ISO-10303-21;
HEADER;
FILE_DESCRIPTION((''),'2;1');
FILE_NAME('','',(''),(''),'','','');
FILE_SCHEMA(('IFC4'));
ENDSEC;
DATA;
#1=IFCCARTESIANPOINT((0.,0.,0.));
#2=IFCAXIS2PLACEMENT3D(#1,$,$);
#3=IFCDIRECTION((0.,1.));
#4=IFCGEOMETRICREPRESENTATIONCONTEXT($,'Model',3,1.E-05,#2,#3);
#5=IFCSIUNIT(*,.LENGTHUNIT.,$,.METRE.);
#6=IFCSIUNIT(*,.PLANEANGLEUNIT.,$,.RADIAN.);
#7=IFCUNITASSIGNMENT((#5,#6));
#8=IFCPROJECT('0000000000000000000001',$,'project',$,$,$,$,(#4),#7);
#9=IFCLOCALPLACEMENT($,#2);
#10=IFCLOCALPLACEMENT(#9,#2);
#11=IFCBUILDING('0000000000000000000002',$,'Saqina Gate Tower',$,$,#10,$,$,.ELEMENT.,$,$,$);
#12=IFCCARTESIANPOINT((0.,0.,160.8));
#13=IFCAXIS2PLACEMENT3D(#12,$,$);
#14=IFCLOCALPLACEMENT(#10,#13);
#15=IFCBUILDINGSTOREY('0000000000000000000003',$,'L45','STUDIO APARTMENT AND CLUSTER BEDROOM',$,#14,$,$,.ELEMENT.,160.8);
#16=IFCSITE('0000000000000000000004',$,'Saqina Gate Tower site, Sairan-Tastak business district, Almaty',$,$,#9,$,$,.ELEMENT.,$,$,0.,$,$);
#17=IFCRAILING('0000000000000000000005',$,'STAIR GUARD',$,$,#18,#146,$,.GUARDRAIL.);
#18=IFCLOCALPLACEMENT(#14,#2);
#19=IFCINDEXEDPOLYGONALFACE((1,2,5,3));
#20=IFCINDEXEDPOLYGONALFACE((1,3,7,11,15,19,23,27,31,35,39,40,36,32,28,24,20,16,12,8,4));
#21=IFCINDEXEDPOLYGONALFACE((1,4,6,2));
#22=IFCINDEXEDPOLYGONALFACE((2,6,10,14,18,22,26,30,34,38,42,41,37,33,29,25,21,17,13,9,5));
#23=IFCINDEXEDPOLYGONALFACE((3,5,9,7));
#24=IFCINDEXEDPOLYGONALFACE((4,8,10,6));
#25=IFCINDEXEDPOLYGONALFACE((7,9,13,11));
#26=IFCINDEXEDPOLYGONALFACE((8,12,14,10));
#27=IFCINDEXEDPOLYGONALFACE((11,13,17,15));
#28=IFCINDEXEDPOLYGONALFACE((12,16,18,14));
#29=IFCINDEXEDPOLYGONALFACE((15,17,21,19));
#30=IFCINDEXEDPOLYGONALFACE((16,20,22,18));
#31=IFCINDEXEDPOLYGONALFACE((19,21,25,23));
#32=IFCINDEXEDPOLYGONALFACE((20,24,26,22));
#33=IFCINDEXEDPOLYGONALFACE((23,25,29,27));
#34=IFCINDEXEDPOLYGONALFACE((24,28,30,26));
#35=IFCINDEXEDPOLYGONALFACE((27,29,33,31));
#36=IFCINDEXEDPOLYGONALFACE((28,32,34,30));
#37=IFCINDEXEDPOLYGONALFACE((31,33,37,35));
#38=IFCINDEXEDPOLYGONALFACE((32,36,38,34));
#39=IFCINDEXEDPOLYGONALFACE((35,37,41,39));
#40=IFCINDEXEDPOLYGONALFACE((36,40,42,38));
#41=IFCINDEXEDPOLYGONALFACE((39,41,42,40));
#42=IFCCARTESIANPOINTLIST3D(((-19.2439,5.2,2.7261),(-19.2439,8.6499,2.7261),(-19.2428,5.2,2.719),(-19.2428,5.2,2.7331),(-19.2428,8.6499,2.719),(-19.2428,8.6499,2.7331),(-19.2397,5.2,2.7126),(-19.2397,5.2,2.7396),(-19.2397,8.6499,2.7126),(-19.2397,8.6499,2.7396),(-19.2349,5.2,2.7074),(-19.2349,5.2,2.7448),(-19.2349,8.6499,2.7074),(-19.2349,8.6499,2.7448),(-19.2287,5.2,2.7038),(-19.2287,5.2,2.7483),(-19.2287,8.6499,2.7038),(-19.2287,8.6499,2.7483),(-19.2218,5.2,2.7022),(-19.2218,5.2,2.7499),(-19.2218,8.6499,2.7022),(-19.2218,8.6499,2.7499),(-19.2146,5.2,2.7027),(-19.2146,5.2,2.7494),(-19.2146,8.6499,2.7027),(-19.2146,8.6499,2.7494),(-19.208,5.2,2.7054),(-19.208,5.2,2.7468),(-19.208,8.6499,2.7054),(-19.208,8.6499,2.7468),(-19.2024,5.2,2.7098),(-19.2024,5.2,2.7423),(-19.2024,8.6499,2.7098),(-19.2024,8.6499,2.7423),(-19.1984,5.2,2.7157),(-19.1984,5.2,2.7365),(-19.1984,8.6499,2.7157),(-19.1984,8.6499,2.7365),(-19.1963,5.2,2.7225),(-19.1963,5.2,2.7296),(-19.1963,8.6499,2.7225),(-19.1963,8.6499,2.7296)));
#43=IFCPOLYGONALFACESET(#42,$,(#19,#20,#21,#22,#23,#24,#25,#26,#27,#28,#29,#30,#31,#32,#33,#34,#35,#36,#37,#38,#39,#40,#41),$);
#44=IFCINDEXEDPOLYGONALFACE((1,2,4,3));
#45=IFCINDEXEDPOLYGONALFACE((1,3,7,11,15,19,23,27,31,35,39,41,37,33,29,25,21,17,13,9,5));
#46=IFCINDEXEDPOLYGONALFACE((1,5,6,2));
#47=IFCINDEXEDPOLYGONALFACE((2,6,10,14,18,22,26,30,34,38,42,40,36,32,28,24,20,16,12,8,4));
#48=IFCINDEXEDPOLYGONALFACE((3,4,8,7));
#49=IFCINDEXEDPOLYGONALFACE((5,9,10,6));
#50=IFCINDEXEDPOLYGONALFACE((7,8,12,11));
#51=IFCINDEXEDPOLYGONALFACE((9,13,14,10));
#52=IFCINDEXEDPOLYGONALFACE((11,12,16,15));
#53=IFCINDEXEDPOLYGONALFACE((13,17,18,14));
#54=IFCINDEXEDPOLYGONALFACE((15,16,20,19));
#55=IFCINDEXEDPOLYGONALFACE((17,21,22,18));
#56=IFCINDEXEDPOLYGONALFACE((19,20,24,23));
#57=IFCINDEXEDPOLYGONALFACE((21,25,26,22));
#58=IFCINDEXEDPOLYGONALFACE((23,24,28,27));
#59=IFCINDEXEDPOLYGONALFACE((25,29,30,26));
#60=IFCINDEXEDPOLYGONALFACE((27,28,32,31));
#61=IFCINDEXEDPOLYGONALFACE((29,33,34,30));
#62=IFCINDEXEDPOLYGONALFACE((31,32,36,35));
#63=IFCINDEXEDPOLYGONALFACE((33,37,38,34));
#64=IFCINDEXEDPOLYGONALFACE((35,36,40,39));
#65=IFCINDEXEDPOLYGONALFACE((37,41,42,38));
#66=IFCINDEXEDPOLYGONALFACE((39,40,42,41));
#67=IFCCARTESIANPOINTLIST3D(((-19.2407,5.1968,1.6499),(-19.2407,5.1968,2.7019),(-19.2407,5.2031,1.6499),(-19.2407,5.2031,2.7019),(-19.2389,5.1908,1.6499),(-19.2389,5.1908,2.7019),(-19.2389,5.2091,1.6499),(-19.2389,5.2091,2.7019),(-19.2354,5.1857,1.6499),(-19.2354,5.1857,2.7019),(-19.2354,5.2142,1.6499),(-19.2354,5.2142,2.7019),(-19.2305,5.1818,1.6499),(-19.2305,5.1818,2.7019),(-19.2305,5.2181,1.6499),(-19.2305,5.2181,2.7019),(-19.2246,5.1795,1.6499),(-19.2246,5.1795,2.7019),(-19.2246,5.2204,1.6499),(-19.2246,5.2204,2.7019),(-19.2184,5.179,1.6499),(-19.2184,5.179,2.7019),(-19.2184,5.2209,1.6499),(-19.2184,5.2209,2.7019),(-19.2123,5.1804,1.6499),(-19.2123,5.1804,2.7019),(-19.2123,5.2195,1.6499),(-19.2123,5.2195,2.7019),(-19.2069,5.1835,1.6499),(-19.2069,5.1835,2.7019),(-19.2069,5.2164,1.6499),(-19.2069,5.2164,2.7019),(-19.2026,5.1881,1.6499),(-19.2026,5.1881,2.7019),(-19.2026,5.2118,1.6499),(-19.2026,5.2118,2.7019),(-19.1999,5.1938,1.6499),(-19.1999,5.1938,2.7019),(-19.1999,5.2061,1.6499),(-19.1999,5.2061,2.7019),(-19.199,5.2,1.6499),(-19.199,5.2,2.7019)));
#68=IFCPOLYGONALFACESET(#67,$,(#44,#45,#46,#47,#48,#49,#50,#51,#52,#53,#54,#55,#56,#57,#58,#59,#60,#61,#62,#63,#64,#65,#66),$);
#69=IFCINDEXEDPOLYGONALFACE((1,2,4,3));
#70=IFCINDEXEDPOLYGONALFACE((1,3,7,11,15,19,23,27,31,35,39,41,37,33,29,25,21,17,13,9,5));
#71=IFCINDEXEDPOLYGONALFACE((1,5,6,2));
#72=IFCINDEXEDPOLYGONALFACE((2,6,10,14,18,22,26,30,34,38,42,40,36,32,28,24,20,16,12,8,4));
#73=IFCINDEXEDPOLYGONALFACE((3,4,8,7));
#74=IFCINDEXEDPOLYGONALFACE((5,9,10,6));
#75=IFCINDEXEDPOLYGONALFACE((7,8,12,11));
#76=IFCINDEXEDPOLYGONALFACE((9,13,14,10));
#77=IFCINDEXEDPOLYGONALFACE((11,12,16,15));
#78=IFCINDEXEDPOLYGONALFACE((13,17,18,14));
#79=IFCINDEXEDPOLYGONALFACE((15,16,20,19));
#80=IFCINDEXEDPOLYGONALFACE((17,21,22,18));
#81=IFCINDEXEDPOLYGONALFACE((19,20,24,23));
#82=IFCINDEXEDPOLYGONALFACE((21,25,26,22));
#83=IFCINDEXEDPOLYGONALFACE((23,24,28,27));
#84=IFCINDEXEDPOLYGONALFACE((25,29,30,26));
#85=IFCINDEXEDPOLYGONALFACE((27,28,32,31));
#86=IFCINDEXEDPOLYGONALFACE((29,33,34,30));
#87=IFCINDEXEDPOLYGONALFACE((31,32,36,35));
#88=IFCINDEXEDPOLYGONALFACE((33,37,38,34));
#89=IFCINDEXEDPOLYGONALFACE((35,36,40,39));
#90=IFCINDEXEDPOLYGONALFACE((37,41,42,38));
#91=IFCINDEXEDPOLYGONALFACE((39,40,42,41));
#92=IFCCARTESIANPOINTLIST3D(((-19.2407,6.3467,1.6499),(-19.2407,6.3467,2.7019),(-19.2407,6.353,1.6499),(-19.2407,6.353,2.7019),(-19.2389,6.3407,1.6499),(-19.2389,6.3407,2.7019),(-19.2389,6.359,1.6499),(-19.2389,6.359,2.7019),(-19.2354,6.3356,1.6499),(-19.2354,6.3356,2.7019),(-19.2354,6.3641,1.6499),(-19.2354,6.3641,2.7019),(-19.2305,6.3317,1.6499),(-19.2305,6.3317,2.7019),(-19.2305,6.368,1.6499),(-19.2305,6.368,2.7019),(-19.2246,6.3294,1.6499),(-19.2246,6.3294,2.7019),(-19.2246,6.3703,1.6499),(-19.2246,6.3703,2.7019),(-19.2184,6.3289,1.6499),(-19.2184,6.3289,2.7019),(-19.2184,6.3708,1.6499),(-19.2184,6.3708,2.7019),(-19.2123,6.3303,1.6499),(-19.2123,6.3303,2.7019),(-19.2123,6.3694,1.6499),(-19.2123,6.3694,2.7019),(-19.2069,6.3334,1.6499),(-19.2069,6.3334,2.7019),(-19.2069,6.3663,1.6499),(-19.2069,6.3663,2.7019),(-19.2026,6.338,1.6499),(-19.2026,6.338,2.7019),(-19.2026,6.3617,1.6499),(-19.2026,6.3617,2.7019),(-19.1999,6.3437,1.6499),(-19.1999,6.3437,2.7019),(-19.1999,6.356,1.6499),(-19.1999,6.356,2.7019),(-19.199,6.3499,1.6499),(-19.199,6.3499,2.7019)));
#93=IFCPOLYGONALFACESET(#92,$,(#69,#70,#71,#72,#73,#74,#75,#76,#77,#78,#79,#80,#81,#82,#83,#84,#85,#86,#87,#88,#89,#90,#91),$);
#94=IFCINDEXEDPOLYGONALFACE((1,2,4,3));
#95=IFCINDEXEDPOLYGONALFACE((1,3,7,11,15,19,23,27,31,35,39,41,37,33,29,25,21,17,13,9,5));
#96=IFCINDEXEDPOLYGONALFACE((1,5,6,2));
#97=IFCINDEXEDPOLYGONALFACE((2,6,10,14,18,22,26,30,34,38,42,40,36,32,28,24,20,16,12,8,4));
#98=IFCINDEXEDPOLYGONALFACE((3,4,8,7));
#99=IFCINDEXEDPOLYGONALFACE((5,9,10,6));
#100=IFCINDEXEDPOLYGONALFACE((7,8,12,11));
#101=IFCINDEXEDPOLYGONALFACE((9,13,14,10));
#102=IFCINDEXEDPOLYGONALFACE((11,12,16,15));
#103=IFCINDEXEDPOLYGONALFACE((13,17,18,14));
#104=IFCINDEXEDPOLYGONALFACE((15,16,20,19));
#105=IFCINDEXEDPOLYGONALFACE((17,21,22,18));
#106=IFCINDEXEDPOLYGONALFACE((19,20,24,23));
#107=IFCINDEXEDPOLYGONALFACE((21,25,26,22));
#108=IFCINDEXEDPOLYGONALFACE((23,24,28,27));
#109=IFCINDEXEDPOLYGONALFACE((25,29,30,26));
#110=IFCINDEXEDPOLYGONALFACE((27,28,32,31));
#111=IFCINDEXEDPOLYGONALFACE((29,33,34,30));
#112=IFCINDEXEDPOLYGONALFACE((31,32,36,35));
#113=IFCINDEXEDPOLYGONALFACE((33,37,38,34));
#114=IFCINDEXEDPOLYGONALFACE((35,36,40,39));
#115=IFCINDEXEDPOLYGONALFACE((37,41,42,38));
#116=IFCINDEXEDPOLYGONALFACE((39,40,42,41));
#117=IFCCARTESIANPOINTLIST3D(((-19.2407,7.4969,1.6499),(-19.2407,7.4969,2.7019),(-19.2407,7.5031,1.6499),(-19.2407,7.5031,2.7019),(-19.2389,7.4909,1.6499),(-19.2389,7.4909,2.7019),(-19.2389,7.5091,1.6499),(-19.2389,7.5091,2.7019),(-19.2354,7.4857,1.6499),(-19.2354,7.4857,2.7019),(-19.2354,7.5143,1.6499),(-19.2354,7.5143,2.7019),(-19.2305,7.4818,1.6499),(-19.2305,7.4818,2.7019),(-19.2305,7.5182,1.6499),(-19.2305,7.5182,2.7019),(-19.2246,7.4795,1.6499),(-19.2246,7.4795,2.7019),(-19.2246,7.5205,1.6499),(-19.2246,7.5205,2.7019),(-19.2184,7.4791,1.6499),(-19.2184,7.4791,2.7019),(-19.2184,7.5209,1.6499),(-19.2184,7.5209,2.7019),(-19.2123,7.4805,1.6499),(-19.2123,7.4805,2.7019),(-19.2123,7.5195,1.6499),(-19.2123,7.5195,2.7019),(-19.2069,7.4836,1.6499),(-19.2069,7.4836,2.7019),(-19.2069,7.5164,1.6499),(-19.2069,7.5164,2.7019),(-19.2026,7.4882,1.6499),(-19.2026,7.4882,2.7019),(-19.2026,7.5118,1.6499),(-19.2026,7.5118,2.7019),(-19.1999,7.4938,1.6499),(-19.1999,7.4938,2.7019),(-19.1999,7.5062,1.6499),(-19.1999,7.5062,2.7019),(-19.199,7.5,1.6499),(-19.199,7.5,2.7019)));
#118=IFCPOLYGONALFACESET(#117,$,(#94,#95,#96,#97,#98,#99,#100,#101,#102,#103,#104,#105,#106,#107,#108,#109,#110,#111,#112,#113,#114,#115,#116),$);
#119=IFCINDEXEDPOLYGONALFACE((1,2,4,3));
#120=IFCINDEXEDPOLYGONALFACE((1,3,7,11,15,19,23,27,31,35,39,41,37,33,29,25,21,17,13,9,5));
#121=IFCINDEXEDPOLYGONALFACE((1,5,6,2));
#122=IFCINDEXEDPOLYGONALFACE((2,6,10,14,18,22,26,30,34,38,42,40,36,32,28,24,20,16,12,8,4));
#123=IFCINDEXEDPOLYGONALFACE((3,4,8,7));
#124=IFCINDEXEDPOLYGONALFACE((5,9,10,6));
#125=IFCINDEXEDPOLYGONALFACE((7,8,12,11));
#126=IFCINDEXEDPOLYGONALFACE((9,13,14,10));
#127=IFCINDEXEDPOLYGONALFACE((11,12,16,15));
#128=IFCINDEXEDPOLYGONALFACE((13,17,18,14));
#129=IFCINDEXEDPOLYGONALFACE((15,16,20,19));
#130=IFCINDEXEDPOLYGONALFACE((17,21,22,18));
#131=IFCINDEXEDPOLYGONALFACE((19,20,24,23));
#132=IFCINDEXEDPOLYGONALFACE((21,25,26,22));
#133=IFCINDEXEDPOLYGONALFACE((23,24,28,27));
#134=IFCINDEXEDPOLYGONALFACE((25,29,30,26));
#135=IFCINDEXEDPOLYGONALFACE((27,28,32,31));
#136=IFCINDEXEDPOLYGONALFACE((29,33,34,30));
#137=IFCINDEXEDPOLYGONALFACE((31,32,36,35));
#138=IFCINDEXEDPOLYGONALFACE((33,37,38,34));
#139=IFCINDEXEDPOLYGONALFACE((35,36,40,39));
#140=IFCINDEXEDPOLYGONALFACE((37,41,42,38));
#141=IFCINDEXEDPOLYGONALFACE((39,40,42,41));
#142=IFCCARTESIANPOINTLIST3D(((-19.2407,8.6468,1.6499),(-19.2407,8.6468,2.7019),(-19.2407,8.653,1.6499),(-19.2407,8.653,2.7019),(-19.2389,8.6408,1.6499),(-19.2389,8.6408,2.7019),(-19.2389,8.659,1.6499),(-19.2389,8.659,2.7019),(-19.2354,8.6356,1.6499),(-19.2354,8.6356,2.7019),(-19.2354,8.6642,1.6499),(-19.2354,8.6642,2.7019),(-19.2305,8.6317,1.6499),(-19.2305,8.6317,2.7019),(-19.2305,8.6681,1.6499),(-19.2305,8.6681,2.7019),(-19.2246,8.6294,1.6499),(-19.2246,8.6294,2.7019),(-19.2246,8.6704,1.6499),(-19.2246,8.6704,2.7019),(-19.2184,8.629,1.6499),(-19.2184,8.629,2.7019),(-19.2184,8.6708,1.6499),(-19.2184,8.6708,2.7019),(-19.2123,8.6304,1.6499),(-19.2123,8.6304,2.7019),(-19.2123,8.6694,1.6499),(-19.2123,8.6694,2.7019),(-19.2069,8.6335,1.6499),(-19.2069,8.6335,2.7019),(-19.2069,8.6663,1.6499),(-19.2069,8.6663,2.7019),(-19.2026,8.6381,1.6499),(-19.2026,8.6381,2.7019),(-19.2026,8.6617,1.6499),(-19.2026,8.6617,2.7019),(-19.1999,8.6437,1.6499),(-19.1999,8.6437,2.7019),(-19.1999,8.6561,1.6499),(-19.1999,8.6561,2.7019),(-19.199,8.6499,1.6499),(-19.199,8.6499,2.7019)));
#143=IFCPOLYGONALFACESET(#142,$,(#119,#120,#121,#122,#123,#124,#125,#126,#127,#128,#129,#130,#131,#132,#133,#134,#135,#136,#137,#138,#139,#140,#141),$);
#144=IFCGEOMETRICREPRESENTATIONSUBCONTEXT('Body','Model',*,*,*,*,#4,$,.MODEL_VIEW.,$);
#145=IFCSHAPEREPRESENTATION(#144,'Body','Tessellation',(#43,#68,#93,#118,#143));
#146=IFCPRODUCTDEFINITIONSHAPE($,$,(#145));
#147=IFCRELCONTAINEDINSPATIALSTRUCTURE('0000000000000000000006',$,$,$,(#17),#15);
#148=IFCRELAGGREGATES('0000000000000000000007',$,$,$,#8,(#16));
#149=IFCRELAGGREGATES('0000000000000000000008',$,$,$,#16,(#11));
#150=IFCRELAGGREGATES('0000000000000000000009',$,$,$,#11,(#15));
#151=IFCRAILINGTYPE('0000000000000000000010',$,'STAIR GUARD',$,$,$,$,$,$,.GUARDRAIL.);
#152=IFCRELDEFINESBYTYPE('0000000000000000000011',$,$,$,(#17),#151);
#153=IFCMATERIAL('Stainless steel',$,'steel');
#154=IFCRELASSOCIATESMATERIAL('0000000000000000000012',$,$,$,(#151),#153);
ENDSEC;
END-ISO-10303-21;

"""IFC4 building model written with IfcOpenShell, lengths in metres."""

from ifc_helpers import new_model, si_unit, direction, frame, origin, origin_2d, place, context, subcontext, project, spatial, circle, extrude, material, type_object, element, save


model = new_model("IFC4")

# Units and contexts
model_context = context("Model", 3, precision=1e-05, world=origin(), true_north=direction((0.0, 1.0)))
body_context = subcontext(model_context, "Body", "Model", "MODEL_VIEW")
ifc_project = project(units=[si_unit("LENGTHUNIT", "METRE"), si_unit("PLANEANGLEUNIT", "RADIAN")], contexts=[model_context])

# Site, building, storey
site_placement = place(None, origin())
site = spatial("IfcSite", under=ifc_project, at=site_placement, Name="Saqina Gate Tower site, Sairan-Tastak business district, Almaty", CompositionType="ELEMENT", RefElevation=0.0)
building_placement = place(site_placement, origin())
building = spatial("IfcBuilding", under=site, at=building_placement, Name="Saqina Gate Tower", CompositionType="ELEMENT")
storey_placement = place(building_placement, frame((0.0, 0.0, 160.8)))
storey = spatial("IfcBuildingStorey", under=building, at=storey_placement, Name="L45", Description="STUDIO APARTMENT AND CLUSTER BEDROOM", CompositionType="ELEMENT", Elevation=160.8)

# Railing
ifc_material_1 = material(Name="Stainless steel", Category="steel")
railing_type_1 = type_object("IfcRailingType", Name="STAIR GUARD", PredefinedType="GUARDRAIL", material=ifc_material_1)
railing_1_placement = place(storey_placement, frame((-19.22, 5.2, 1.6499)))
element("IfcRailing", 1, at=railing_1_placement, inside=storey, type_object=railing_type_1, Name="STAIR GUARD", PredefinedType="GUARDRAIL", context=body_context, shape_type="SweptSolid", body=[
    extrude(circle(Radius=0.0239, at=origin_2d()), frame((0.0, 0.0, 1.0762), z_axis=(0.0, 1.0, 0.0), x_axis=(-1.0, 0.0, 0.0)), (0.0, 0.0, 1.0), 3.45),
    extrude(circle(Radius=0.021, at=origin_2d()), origin(), (0.0, 0.0, 1.0), 1.052),
    extrude(circle(Radius=0.021, at=origin_2d()), frame((0.0, 1.1499, 0.0)), (0.0, 0.0, 1.0), 1.052),
    extrude(circle(Radius=0.021, at=origin_2d()), frame((0.0, 2.3, 0.0)), (0.0, 0.0, 1.0), 1.052),
    extrude(circle(Radius=0.021, at=origin_2d()), frame((0.0, 3.45, 0.0)), (0.0, 0.0, 1.0), 1.052),
])

save(model, "model.ifc")
